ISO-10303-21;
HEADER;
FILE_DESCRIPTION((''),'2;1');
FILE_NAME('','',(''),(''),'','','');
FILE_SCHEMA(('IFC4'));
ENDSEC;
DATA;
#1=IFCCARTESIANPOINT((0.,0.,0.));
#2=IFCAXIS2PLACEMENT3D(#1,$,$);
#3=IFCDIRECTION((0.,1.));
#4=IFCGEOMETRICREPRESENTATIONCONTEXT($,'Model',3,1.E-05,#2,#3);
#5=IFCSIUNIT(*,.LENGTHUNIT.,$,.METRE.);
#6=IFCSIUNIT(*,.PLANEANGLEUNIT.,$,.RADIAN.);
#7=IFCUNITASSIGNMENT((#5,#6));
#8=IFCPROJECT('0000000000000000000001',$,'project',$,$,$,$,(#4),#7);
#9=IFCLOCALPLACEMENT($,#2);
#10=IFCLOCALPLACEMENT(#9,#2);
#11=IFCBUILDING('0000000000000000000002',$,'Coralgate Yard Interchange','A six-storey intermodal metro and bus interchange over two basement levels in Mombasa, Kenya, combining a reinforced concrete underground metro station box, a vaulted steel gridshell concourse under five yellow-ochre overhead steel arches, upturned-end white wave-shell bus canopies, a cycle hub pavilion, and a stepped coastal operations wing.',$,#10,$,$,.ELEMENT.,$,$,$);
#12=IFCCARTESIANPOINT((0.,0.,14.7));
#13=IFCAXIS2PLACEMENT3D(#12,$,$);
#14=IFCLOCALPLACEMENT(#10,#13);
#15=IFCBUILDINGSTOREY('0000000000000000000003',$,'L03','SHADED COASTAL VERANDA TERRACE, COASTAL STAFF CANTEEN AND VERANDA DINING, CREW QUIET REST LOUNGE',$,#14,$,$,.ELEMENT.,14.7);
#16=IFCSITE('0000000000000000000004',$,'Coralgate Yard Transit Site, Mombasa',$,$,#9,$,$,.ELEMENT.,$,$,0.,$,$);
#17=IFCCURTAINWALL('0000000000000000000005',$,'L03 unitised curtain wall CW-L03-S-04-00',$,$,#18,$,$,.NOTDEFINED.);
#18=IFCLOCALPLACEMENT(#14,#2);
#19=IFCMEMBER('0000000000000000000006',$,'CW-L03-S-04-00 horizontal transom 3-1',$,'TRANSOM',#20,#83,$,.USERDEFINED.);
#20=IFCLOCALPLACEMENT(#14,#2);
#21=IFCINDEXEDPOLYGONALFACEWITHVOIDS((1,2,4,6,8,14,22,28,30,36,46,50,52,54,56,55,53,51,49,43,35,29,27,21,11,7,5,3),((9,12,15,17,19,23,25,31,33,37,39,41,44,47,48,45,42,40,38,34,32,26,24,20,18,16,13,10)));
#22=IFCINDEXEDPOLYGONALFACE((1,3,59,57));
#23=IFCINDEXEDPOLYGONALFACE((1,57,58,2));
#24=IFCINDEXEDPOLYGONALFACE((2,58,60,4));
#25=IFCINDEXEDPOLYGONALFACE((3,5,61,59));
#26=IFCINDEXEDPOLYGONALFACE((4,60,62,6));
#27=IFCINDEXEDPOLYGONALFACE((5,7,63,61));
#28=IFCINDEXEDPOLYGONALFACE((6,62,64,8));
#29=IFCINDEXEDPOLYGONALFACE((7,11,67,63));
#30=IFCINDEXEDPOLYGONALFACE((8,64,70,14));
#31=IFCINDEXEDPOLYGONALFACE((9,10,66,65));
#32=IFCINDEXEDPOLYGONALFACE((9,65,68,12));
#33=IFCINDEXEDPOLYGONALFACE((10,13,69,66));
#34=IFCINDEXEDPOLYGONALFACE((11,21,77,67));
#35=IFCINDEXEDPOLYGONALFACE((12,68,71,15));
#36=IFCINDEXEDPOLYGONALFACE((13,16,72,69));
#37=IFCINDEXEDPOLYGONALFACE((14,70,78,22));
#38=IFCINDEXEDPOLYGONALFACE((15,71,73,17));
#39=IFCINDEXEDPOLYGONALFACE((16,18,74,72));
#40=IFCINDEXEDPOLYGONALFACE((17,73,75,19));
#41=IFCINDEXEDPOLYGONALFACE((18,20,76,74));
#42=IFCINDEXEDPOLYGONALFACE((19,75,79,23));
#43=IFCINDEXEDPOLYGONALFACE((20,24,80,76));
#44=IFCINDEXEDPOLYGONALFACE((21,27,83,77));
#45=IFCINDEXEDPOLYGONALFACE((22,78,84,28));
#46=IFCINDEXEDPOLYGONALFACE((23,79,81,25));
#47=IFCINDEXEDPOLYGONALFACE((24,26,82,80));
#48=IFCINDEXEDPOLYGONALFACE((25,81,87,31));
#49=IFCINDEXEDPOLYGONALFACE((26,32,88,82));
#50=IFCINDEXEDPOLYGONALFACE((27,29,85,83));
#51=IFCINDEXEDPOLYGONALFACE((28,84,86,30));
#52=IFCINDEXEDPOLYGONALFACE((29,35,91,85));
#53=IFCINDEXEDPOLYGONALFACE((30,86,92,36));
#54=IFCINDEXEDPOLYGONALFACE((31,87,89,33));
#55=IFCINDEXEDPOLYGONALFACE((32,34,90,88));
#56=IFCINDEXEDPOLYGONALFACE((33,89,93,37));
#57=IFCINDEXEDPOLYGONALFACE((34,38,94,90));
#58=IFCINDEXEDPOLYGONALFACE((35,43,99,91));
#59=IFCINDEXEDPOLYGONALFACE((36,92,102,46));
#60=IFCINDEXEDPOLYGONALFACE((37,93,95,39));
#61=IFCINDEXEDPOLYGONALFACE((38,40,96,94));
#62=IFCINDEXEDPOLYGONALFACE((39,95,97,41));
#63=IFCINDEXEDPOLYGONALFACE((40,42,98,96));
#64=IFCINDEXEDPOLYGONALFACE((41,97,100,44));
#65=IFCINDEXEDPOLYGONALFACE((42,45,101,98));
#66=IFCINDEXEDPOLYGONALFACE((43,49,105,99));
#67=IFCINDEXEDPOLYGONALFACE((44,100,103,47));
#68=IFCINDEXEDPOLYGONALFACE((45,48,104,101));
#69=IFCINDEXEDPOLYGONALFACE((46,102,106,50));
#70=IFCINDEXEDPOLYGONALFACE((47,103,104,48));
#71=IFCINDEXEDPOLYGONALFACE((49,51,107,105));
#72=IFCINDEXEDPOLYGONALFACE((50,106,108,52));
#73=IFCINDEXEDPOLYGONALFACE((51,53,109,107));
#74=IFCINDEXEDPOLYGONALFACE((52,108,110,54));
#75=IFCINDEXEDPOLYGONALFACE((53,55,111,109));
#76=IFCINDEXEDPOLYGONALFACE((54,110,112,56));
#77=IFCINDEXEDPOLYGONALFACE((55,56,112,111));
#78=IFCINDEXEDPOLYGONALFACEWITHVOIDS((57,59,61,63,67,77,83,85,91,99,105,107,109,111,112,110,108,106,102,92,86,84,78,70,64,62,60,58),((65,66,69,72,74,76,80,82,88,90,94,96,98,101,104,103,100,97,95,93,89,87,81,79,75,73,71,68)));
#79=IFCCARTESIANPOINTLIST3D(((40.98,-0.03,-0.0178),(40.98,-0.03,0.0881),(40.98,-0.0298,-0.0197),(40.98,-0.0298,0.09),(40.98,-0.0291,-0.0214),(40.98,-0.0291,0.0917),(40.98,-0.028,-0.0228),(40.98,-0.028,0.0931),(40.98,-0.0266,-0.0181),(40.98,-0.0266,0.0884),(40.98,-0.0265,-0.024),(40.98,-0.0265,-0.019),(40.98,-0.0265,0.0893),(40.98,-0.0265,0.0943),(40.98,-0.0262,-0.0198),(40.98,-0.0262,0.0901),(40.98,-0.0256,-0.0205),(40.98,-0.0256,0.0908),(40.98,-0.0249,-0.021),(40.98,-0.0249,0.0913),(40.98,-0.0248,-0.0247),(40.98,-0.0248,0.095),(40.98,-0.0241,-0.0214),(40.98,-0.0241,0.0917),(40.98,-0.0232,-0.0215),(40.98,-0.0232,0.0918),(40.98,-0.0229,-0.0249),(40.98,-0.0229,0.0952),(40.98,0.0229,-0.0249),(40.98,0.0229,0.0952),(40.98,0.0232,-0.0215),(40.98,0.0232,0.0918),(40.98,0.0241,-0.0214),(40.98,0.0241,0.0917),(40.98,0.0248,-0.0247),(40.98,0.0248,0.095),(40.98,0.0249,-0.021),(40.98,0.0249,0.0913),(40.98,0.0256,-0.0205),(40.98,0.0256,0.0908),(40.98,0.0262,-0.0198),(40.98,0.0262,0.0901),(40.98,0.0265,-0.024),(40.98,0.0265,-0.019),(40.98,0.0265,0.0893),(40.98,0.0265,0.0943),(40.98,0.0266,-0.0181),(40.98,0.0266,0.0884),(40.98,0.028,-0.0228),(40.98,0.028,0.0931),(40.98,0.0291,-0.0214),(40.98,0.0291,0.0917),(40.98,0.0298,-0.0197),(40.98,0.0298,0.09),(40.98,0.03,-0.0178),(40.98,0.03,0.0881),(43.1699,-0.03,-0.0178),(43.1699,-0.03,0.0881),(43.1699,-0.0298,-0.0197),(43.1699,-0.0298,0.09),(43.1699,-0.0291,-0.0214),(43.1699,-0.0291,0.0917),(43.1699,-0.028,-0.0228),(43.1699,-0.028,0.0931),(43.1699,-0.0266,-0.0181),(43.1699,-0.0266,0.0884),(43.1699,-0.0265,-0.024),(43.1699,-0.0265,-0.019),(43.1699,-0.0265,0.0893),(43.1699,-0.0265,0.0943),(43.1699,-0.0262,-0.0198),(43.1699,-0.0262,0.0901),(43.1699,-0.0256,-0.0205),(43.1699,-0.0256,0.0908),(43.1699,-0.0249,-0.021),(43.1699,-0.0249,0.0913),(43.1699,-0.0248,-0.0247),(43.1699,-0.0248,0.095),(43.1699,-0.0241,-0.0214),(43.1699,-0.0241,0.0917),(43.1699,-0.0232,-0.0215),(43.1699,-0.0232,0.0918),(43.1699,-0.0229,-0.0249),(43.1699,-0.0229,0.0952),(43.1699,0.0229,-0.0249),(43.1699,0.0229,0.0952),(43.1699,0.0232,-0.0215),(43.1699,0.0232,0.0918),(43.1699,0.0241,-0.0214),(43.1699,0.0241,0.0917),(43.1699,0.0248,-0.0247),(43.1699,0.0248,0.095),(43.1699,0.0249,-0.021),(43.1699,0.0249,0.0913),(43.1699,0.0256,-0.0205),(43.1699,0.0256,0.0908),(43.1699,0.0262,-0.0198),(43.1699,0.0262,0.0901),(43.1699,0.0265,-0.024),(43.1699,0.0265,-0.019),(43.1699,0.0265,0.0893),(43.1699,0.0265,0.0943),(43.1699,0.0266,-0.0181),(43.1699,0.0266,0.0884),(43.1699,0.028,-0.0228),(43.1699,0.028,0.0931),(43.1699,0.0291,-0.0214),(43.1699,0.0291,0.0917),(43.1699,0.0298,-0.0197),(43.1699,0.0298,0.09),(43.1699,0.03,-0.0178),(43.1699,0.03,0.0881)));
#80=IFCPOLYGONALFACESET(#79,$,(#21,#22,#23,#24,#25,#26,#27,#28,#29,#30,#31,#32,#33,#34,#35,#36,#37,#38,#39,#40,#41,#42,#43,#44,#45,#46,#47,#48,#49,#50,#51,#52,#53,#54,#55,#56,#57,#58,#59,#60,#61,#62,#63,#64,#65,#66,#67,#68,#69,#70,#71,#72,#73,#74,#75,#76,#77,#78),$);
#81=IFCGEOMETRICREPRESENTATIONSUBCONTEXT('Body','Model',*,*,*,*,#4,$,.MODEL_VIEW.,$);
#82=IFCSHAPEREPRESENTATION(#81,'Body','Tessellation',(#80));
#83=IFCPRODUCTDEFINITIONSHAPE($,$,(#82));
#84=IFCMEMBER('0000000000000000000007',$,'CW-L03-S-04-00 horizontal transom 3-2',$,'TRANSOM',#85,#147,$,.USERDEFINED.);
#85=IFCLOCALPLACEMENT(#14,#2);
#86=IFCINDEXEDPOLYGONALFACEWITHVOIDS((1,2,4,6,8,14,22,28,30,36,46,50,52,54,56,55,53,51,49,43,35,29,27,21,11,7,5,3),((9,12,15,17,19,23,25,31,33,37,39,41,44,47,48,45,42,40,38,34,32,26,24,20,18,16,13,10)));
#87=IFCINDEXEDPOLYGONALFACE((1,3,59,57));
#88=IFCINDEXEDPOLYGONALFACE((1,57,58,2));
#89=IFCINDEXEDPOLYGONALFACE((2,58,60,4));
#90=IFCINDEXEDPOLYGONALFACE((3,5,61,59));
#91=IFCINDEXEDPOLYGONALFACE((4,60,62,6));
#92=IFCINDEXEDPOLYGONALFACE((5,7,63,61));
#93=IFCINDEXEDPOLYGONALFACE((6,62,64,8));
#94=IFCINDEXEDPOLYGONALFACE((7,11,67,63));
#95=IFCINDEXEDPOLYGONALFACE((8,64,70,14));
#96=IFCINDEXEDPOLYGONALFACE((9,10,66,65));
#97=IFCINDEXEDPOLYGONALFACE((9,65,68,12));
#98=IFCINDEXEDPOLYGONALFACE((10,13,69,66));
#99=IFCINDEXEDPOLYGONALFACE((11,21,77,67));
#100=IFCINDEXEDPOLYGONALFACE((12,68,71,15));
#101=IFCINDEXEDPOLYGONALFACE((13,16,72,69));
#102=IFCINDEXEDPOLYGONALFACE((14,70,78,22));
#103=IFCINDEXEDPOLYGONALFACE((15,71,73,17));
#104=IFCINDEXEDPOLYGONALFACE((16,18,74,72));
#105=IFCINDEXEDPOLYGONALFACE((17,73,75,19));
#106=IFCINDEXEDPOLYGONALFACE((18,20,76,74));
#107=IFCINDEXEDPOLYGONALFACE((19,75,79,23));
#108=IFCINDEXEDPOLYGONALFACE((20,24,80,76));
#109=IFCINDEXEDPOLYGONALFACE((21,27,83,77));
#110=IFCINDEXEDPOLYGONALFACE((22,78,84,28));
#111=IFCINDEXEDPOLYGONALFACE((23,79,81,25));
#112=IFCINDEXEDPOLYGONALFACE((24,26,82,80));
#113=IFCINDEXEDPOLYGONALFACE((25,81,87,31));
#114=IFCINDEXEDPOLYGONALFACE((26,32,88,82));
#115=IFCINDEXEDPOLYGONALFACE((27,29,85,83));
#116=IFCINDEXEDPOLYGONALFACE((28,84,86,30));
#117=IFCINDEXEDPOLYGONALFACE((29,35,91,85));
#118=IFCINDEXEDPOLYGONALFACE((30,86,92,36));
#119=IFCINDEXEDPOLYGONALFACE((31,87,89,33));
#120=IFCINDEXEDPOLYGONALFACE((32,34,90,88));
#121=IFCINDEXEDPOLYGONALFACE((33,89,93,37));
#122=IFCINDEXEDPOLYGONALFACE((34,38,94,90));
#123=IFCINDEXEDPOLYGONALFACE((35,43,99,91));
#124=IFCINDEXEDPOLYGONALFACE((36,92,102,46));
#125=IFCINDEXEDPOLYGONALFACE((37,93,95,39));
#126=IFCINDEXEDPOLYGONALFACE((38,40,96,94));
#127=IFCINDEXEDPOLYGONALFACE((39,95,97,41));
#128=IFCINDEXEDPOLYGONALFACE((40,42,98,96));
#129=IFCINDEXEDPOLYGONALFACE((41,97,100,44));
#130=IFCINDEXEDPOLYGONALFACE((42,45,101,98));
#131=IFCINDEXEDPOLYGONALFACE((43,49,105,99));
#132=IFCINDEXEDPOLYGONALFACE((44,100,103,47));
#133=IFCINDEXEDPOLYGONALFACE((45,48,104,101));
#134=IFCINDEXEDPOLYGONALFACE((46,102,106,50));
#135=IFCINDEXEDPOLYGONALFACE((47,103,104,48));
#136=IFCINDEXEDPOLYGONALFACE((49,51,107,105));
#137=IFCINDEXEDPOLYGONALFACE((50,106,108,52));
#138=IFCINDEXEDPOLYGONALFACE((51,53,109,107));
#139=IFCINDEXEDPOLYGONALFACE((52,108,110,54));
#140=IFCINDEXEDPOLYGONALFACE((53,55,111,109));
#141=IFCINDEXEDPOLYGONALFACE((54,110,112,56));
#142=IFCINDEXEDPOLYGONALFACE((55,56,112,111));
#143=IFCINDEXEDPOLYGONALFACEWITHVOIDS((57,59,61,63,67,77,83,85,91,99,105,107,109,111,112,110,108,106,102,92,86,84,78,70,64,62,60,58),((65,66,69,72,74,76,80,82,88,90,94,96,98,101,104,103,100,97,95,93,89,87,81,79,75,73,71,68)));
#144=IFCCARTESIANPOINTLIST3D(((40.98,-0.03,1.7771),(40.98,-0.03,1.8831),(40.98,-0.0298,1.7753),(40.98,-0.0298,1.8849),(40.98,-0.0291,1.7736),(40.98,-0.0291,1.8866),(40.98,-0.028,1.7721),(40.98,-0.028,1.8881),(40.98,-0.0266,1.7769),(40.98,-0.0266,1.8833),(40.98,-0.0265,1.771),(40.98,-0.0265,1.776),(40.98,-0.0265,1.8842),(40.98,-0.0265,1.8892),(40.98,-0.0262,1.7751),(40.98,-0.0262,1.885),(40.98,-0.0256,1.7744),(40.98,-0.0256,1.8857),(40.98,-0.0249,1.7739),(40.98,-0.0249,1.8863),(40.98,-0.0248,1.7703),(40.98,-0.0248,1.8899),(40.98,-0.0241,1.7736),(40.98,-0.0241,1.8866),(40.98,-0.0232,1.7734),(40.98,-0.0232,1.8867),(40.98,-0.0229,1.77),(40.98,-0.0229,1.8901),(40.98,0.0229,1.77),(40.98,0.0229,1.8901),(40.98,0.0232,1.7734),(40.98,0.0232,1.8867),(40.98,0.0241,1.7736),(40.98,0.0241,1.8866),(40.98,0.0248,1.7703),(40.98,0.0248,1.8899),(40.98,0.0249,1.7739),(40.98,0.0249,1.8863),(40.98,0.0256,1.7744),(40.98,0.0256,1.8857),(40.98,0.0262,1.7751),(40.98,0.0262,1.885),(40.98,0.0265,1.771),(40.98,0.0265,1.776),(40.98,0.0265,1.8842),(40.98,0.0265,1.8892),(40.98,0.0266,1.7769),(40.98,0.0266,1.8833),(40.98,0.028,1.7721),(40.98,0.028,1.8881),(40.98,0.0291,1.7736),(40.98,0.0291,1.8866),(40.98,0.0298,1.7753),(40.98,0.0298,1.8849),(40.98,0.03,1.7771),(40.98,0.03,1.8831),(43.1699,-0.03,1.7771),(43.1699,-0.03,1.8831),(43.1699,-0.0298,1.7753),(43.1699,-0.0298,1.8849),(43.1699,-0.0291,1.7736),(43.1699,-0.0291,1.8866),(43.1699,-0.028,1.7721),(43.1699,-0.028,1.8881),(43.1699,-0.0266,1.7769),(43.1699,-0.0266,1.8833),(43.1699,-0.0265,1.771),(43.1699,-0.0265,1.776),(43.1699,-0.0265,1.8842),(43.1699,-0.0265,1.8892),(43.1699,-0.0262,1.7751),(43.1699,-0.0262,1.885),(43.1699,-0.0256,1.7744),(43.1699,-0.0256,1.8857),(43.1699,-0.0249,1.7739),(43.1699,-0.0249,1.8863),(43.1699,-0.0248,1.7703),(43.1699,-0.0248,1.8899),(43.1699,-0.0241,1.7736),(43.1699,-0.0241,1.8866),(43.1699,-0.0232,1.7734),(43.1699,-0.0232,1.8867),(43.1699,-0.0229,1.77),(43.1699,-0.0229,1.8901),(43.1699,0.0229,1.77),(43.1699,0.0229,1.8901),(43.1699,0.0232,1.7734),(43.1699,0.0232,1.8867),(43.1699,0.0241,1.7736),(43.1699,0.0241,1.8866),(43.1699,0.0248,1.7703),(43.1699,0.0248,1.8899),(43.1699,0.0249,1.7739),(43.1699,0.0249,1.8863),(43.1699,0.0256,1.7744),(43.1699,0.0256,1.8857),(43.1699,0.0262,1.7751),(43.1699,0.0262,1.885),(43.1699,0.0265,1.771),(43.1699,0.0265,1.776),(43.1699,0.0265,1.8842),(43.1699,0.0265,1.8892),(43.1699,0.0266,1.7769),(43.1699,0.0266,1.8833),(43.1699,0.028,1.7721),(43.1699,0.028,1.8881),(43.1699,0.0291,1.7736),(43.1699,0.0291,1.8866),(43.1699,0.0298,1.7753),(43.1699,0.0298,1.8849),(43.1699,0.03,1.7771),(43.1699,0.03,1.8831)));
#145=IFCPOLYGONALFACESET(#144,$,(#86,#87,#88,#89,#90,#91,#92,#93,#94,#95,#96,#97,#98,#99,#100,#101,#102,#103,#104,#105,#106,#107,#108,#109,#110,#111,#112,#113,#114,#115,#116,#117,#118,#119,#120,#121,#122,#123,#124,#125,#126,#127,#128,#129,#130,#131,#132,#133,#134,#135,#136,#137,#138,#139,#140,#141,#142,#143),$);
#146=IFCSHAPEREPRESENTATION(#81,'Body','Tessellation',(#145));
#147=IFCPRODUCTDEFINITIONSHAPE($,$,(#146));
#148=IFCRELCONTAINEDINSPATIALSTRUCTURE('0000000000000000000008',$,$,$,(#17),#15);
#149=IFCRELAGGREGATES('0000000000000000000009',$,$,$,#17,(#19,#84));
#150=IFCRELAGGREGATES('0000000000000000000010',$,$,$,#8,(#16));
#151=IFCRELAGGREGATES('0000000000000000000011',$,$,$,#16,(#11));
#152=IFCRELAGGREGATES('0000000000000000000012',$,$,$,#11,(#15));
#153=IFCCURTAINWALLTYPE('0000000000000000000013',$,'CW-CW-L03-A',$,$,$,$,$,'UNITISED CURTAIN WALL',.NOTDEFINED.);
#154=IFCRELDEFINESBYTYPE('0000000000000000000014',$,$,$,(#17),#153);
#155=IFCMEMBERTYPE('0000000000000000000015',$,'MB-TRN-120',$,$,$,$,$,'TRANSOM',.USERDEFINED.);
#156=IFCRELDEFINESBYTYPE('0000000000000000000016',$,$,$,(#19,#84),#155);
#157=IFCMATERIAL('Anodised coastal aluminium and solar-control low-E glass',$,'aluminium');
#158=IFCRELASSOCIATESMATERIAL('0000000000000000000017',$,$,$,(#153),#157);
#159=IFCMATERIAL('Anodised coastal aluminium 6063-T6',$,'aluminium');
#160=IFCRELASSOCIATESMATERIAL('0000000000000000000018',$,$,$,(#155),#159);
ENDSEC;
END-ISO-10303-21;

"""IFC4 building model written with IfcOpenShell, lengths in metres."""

from ifc_helpers import new_model, si_unit, direction, frame, origin, origin_2d, place, context, subcontext, project, spatial, hollow_rectangle, extrude, material, material_profile, profile_set, type_object, element, aggregate, save


model = new_model("IFC4")

# Units and contexts
model_context = context("Model", 3, precision=1e-05, world=origin(), true_north=direction((0.0, 1.0)))
body_context = subcontext(model_context, "Body", "Model", "MODEL_VIEW")
ifc_project = project(units=[si_unit("LENGTHUNIT", "METRE"), si_unit("PLANEANGLEUNIT", "RADIAN")], contexts=[model_context])

# Site, building, storey
site_placement = place(None, origin())
site = spatial("IfcSite", under=ifc_project, at=site_placement, Name="Coralgate Yard Transit Site, Mombasa", CompositionType="ELEMENT", RefElevation=0.0)
building_placement = place(site_placement, origin())
building = spatial("IfcBuilding", under=site, at=building_placement, Name="Coralgate Yard Interchange", Description="A six-storey intermodal metro and bus interchange over two basement levels in Mombasa, Kenya, combining a reinforced concrete underground metro station box, a vaulted steel gridshell concourse under five yellow-ochre overhead steel arches, upturned-end white wave-shell bus canopies, a cycle hub pavilion, and a stepped coastal operations wing.", CompositionType="ELEMENT")
storey_placement = place(building_placement, frame((0.0, 0.0, 14.7)))
storey = spatial("IfcBuildingStorey", under=building, at=storey_placement, Name="L03", Description="SHADED COASTAL VERANDA TERRACE, COASTAL STAFF CANTEEN AND VERANDA DINING, CREW QUIET REST LOUNGE", CompositionType="ELEMENT", Elevation=14.7)

# Curtain wall, members
ifc_material_1 = material(Name="Anodised coastal aluminium and solar-control low-E glass", Category="aluminium")
curtain_wall_type = type_object("IfcCurtainWallType", Name="CW-CW-L03-A", ElementType="UNITISED CURTAIN WALL", PredefinedType="NOTDEFINED", material=ifc_material_1)
curtain_wall_placement = place(storey_placement, origin())
curtain_wall = element("IfcCurtainWall", 1, at=curtain_wall_placement, inside=storey, type_object=curtain_wall_type, Name="L03 unitised curtain wall CW-L03-S-04-00", PredefinedType="NOTDEFINED")
ifc_material_2 = material(Name="Anodised coastal aluminium 6063-T6", Category="aluminium")
ifc_material_profile_1 = material_profile(ifc_material_2, hollow_rectangle(XDim=0.0601, YDim=0.1201, WallThickness=0.0034, InnerFilletRadius=0.0034, OuterFilletRadius=0.0071, at=origin_2d()), Name="ALU 60x120x3.5")
ifc_profile_set_1 = profile_set([ifc_material_profile_1], Name="Anodised coastal aluminium 6063-T6")
member_type_1 = type_object("IfcMemberType", Name="MB-TRN-120", ElementType="TRANSOM", PredefinedType="USERDEFINED", material=ifc_profile_set_1)
member_1_placement = place(storey_placement, frame((43.1699, 0.0, 0.0352), z_axis=(-1.0, 0.0, 0.0), x_axis=(0.0, -1.0, 0.0)))
member_1 = element("IfcMember", 2, at=member_1_placement, type_object=member_type_1, Name="CW-L03-S-04-00 horizontal transom 3-1", ObjectType="TRANSOM", PredefinedType="USERDEFINED", context=body_context, shape_type="SweptSolid", body=[
    extrude(hollow_rectangle(XDim=0.0601, YDim=0.1201, WallThickness=0.0034, InnerFilletRadius=0.0034, OuterFilletRadius=0.0071, at=origin_2d()), origin(), (0.0, 0.0, 1.0), 2.1899),
])
member_2_placement = place(storey_placement, frame((43.1699, 0.0, 1.8301), z_axis=(-1.0, 0.0, 0.0), x_axis=(0.0, -1.0, 0.0)))
member_2 = element("IfcMember", 3, at=member_2_placement, type_object=member_type_1, Name="CW-L03-S-04-00 horizontal transom 3-2", ObjectType="TRANSOM", PredefinedType="USERDEFINED", context=body_context, shape_type="SweptSolid", body=[
    extrude(hollow_rectangle(XDim=0.0601, YDim=0.1201, WallThickness=0.0034, InnerFilletRadius=0.0034, OuterFilletRadius=0.0071, at=origin_2d()), origin(), (0.0, 0.0, 1.0), 2.1899),
])
aggregate(curtain_wall, [member_1, member_2])

save(model, "model.ifc")
